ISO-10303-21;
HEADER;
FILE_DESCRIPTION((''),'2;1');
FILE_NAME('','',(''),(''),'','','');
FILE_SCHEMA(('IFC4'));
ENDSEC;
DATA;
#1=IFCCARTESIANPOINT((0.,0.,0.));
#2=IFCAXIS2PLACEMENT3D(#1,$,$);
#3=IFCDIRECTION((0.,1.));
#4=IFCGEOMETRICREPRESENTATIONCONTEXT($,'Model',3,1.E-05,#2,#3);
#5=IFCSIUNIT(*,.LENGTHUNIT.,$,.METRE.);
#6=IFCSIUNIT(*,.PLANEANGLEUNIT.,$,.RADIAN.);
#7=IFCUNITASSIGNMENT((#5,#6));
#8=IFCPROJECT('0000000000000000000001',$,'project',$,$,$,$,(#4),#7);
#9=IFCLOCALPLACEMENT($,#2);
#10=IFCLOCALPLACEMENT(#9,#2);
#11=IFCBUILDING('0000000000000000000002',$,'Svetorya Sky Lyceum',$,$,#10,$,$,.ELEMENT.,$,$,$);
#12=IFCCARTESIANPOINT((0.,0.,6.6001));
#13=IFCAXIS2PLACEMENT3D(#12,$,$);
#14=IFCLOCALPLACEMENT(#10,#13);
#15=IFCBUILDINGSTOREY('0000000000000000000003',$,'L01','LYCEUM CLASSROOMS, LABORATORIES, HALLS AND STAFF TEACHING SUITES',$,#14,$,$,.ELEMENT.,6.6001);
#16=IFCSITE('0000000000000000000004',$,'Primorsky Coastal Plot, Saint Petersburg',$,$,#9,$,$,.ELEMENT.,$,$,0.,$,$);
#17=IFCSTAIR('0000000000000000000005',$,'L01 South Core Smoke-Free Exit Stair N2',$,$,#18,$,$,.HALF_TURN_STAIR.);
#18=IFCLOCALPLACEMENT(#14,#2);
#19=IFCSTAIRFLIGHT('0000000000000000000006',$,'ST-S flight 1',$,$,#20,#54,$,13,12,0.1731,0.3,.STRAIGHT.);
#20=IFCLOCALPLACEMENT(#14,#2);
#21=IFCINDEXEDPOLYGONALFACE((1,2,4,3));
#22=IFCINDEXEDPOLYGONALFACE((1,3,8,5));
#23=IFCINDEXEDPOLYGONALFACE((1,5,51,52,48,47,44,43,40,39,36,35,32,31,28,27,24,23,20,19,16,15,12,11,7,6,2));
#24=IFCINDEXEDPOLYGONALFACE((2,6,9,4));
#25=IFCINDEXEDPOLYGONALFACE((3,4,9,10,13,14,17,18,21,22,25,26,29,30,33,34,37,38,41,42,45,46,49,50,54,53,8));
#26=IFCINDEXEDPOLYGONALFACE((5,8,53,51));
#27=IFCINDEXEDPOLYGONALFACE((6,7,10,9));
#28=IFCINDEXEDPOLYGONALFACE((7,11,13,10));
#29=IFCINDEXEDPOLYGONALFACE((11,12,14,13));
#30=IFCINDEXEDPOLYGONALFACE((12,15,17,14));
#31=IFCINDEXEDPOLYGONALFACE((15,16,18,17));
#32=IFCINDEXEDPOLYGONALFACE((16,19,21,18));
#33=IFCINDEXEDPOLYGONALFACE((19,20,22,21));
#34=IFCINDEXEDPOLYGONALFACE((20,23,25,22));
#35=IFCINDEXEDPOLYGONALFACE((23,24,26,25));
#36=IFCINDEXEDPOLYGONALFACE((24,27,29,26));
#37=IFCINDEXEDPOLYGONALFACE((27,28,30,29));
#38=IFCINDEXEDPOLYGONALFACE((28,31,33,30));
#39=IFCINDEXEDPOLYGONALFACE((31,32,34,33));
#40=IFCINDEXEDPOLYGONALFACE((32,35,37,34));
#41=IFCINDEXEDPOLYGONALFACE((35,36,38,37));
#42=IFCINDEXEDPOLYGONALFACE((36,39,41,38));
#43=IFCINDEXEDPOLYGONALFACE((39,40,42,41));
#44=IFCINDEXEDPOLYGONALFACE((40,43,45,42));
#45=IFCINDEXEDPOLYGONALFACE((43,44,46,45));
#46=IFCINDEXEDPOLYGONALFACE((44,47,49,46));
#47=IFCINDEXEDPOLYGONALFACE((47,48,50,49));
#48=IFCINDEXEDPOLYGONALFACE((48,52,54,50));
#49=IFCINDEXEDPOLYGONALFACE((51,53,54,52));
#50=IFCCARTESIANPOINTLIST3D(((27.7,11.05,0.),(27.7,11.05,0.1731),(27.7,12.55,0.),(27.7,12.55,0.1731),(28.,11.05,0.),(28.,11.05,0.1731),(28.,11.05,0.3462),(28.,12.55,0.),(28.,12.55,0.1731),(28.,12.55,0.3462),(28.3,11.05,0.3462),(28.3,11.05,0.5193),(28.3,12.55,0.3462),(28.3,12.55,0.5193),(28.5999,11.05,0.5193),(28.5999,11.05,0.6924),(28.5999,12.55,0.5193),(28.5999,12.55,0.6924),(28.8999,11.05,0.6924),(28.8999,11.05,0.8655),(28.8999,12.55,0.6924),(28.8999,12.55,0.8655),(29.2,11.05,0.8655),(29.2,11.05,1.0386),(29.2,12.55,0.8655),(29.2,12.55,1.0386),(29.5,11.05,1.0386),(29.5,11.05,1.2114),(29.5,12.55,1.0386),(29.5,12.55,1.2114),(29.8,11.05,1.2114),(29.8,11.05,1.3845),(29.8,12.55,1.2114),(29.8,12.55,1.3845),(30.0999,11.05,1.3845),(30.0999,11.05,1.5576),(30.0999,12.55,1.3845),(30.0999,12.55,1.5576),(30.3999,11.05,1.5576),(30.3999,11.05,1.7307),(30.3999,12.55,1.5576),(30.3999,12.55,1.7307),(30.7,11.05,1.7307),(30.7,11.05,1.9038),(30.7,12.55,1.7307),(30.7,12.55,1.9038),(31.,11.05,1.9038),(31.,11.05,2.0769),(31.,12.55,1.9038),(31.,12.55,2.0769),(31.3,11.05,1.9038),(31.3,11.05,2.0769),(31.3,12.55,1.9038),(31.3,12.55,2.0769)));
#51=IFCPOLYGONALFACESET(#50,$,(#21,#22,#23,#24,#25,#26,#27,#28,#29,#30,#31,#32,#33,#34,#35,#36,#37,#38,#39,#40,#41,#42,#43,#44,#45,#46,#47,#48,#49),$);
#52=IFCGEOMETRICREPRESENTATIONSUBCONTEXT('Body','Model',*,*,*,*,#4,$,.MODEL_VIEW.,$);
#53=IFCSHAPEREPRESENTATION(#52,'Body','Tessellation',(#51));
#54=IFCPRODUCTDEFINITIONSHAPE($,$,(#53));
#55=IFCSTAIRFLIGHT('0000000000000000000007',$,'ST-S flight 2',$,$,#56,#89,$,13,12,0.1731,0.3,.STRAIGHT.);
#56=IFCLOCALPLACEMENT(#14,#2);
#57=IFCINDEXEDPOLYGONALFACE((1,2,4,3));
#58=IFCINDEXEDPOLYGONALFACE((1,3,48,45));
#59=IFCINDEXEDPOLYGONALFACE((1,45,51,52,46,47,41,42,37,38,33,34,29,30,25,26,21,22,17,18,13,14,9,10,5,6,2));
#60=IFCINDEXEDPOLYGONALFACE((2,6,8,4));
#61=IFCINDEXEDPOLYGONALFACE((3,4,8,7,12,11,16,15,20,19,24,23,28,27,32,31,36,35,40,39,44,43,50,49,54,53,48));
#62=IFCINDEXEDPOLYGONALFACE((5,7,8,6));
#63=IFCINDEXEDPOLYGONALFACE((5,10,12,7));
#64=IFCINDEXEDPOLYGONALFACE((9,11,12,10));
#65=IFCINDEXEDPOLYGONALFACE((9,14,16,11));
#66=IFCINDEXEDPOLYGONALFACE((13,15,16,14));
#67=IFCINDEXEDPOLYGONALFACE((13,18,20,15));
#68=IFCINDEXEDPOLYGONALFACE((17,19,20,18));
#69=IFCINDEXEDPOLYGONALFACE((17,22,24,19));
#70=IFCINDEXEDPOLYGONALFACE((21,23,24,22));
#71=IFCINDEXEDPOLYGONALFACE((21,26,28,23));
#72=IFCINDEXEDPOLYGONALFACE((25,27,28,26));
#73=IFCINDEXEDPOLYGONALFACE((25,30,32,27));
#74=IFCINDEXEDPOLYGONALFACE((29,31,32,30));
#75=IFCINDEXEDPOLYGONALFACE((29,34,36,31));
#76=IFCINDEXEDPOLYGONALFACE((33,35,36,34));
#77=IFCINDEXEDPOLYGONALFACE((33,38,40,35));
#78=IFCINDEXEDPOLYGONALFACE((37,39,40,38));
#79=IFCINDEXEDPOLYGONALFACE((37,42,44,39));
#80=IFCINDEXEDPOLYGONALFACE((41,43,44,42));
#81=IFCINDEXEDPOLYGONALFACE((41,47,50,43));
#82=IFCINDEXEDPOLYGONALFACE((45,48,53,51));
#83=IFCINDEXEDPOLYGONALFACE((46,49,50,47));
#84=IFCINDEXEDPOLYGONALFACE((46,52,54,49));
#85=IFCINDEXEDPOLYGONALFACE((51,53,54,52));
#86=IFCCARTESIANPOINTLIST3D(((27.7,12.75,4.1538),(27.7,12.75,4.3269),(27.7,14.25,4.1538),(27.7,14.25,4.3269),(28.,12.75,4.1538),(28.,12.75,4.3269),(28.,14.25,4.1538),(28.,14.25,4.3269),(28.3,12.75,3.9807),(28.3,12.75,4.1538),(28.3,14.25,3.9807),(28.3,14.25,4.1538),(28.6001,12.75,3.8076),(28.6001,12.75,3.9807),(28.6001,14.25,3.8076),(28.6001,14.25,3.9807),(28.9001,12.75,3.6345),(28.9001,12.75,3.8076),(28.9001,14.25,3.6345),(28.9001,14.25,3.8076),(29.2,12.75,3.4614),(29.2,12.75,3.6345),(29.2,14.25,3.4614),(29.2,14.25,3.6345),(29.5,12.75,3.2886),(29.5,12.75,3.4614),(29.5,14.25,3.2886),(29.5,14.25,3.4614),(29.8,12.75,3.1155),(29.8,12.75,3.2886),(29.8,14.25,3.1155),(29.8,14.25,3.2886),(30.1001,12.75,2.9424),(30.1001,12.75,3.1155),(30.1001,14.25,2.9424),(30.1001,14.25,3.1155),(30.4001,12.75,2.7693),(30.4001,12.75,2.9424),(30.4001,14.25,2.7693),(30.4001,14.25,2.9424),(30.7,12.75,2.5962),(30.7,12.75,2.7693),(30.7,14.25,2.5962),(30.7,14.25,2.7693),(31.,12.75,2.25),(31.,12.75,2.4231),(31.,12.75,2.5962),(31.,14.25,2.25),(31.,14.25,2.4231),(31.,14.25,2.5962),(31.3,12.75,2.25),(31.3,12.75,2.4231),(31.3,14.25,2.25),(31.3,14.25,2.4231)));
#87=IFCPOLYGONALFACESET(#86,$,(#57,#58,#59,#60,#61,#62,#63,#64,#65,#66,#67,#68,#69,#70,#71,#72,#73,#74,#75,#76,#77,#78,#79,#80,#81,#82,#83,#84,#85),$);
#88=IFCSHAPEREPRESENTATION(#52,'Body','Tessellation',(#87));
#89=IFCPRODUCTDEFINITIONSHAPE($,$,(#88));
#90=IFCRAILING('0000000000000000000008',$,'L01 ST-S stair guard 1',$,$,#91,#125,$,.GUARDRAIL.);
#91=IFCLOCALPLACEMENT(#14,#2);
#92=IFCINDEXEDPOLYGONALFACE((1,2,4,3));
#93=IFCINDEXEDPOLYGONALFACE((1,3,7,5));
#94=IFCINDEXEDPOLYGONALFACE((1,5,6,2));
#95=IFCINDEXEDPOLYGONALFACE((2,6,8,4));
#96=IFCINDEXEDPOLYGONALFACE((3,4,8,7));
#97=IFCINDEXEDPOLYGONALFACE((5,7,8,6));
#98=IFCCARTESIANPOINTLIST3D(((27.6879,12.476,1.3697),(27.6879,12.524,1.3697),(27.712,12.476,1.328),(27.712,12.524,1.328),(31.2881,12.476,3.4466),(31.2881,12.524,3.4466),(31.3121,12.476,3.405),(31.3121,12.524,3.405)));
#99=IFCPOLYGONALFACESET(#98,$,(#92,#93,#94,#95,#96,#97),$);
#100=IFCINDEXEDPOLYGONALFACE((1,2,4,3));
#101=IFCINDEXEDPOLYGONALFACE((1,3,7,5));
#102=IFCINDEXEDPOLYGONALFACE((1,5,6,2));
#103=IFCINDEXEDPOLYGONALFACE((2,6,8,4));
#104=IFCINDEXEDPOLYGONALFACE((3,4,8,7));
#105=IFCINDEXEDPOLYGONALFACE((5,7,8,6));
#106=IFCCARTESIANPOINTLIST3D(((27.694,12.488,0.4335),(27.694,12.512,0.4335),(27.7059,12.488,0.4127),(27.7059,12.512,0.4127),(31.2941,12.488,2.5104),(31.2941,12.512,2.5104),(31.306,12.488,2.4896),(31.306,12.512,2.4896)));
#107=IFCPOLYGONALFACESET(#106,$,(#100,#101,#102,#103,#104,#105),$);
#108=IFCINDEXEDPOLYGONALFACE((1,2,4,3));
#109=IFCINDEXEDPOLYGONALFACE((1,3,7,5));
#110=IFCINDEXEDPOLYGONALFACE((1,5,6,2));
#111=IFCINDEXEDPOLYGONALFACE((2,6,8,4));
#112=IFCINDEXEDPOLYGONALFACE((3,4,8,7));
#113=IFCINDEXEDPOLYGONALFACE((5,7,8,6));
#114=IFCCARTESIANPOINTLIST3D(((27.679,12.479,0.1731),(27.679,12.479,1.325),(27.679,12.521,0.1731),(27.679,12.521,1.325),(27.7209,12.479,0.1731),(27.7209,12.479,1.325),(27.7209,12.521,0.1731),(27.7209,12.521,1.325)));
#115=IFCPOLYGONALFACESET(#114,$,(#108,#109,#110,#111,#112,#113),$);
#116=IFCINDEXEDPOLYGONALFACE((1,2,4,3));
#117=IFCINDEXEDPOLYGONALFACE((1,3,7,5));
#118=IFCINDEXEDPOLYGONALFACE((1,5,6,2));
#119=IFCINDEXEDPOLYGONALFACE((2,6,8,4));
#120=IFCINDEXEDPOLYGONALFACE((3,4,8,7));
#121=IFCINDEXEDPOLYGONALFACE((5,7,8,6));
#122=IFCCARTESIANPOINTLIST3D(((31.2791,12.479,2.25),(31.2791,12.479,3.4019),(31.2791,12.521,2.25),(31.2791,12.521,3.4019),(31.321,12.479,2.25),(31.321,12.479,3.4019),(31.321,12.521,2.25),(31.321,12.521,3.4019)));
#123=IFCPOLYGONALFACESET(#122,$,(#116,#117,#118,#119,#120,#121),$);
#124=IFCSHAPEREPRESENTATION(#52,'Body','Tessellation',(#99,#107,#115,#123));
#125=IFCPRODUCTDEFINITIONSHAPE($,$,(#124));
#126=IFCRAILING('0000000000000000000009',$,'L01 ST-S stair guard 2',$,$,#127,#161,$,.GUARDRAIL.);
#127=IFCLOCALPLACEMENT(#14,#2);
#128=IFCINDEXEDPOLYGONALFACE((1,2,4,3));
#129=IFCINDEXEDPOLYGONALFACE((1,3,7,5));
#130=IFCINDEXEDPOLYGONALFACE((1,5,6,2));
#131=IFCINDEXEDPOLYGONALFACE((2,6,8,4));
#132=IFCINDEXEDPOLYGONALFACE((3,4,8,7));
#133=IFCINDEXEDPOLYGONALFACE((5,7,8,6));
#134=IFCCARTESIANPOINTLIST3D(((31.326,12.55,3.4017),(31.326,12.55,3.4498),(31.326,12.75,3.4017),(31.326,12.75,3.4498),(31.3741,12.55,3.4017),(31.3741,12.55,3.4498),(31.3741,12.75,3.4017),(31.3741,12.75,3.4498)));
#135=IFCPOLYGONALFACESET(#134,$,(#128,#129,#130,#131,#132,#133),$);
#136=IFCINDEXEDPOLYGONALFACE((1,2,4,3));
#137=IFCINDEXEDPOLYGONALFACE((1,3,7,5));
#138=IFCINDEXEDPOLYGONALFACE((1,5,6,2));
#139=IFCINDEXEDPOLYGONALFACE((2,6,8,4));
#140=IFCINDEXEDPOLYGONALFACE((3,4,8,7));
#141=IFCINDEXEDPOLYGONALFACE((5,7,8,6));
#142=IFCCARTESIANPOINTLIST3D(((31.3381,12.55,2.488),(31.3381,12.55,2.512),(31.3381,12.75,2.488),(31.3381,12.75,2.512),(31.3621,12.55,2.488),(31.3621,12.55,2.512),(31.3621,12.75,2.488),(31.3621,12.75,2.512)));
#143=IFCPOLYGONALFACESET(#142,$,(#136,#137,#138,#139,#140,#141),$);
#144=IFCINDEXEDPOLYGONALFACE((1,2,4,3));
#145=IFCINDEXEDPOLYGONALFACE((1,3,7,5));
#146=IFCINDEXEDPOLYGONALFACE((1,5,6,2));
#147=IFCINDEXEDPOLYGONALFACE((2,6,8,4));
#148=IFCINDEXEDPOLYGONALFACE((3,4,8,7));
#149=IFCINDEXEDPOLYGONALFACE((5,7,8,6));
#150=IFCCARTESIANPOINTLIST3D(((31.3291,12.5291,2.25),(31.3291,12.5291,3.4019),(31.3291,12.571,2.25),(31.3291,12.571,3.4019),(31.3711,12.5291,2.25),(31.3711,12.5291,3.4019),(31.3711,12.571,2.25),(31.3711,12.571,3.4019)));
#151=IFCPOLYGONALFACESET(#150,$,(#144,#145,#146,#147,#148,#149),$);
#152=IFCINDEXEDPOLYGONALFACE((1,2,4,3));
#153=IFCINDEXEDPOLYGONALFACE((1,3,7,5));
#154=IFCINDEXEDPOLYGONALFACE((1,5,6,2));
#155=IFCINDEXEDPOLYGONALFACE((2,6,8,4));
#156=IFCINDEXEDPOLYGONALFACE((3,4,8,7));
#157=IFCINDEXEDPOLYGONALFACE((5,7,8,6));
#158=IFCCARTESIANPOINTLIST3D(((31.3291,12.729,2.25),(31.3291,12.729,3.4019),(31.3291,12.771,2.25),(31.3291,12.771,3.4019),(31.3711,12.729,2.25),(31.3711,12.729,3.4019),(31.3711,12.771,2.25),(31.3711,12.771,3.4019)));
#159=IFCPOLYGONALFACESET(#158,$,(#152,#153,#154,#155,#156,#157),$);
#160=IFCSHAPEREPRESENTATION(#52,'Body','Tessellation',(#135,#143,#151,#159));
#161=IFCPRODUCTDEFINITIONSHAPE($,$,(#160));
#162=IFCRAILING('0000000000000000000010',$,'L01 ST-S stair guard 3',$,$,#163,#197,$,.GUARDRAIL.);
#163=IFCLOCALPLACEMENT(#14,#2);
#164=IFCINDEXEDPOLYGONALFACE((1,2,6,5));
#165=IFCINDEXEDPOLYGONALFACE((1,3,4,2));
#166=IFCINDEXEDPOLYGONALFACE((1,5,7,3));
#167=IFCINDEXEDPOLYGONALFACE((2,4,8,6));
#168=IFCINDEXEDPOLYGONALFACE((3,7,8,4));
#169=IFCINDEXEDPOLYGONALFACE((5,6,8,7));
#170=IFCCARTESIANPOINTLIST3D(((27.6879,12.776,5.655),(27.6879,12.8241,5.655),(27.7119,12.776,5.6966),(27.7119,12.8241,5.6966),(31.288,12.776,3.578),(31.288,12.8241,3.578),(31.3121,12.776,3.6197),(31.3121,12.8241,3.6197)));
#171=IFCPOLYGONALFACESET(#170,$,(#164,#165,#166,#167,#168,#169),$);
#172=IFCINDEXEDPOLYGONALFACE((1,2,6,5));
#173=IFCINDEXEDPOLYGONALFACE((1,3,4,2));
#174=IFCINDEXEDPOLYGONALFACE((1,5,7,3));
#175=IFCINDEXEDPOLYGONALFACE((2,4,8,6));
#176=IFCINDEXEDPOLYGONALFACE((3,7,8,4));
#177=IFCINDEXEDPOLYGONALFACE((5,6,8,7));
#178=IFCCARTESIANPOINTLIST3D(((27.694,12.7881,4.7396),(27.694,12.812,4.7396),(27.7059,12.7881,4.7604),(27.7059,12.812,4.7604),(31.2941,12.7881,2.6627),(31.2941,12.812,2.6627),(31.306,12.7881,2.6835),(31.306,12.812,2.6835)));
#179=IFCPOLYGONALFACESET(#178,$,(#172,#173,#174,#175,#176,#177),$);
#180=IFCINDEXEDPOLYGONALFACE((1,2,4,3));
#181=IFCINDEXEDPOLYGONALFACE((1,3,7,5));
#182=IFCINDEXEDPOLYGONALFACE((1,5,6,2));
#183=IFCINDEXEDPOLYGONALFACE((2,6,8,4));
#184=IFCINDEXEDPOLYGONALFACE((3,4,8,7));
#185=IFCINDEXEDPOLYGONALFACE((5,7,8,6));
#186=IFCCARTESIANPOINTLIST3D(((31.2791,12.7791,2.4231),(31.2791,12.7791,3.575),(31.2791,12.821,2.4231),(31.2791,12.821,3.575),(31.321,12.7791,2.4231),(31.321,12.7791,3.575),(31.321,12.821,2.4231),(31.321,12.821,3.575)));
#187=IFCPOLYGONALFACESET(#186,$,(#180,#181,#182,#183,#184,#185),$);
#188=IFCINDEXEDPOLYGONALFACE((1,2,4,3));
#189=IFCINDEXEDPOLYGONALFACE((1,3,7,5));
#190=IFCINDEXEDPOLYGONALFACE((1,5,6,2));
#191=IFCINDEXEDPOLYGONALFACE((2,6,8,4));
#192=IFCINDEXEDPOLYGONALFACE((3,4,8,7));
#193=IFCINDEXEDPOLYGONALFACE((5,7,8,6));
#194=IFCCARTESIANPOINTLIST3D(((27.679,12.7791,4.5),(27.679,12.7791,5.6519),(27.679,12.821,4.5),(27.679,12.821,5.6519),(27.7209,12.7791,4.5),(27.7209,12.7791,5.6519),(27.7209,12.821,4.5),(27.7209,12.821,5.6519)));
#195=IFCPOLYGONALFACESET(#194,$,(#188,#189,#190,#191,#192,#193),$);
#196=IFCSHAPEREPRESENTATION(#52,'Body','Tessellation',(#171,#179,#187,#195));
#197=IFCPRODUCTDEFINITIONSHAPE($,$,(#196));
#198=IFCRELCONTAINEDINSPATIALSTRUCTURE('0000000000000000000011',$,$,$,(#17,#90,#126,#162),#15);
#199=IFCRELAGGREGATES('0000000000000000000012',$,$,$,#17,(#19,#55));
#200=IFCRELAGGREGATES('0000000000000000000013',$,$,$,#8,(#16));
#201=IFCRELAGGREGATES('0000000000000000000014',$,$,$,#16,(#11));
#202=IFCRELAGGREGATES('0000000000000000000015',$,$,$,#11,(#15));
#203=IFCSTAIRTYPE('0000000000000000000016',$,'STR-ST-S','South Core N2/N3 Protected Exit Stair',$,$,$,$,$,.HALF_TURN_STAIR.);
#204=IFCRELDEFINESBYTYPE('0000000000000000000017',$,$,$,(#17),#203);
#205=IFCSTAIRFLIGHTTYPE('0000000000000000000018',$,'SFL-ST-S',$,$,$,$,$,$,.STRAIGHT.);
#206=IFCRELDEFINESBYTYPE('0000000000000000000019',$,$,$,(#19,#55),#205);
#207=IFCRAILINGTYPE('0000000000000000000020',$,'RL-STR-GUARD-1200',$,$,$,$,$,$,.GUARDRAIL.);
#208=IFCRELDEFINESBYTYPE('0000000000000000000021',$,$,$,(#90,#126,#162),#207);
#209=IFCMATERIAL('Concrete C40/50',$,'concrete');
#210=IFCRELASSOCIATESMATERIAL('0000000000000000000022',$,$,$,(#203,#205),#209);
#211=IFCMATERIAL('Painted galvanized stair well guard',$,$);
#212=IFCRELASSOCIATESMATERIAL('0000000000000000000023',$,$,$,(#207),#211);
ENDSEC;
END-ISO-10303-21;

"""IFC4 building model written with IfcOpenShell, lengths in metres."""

from ifc_helpers import new_model, si_unit, direction, frame, origin, origin_2d, place, context, subcontext, project, spatial, polyline, rectangle, outline, extrude, material, type_object, element, aggregate, save


model = new_model("IFC4")

# Units and contexts
model_context = context("Model", 3, precision=1e-05, world=origin(), true_north=direction((0.0, 1.0)))
body_context = subcontext(model_context, "Body", "Model", "MODEL_VIEW")
ifc_project = project(units=[si_unit("LENGTHUNIT", "METRE"), si_unit("PLANEANGLEUNIT", "RADIAN")], contexts=[model_context])

# Site, building, storey
site_placement = place(None, origin())
site = spatial("IfcSite", under=ifc_project, at=site_placement, Name="Primorsky Coastal Plot, Saint Petersburg", CompositionType="ELEMENT", RefElevation=0.0)
building_placement = place(site_placement, origin())
building = spatial("IfcBuilding", under=site, at=building_placement, Name="Svetorya Sky Lyceum", CompositionType="ELEMENT")
storey_placement = place(building_placement, frame((0.0, 0.0, 6.6001)))
storey = spatial("IfcBuildingStorey", under=building, at=storey_placement, Name="L01", Description="LYCEUM CLASSROOMS, LABORATORIES, HALLS AND STAFF TEACHING SUITES", CompositionType="ELEMENT", Elevation=6.6001)

# Shared definitions
ifc_material_1 = material(Name="Concrete C40/50", Category="concrete")

# Stair, stair flights
stair_type = type_object("IfcStairType", Name="STR-ST-S", Description="South Core N2/N3 Protected Exit Stair", PredefinedType="HALF_TURN_STAIR", material=ifc_material_1)
stair_placement = place(storey_placement, origin())
stair = element("IfcStair", 1, at=stair_placement, inside=storey, type_object=stair_type, Name="L01 South Core Smoke-Free Exit Stair N2", PredefinedType="HALF_TURN_STAIR")
stair_flight_type = type_object("IfcStairFlightType", Name="SFL-ST-S", PredefinedType="STRAIGHT", material=ifc_material_1)
stair_flight_1_placement = place(storey_placement, frame((27.7, 11.8, 0.0), z_axis=(0.0, 0.0, 1.0), x_axis=(1.0, 0.0, 0.0)))
stair_flight_1 = element("IfcStairFlight", 2, at=stair_flight_1_placement, type_object=stair_flight_type, Name="ST-S flight 1", NumberOfRisers=13, NumberOfTreads=12, PredefinedType="STRAIGHT", RiserHeight=0.1731, TreadLength=0.3, context=body_context, shape_type="SweptSolid", body=[
    extrude(outline(polyline([(0.0, 0.0), (0.0, 0.1731), (0.3, 0.1731), (0.3, 0.3462), (0.6001, 0.3462), (0.6001, 0.5193), (0.8999, 0.5193), (0.8999, 0.6924), (1.2, 0.6924), (1.2, 0.8655), (1.5, 0.8655), (1.5, 1.0386), (1.8, 1.0386), (1.8, 1.2114), (2.1001, 1.2114), (2.1001, 1.3845), (2.3999, 1.3845), (2.3999, 1.5576), (2.7, 1.5576), (2.7, 1.7307), (3.0, 1.7307), (3.0, 1.9038), (3.3, 1.9038), (3.3, 2.0769), (3.6001, 2.0769), (3.6001, 2.25), (3.6001, 1.9038), (0.3, 0.0), (0.0, 0.0)])), frame((0.0, 0.75, 0.0), z_axis=(0.0, -1.0, 0.0), x_axis=(1.0, 0.0, 0.0)), (0.0, 0.0, 1.0), 1.5),
])
stair_flight_2_placement = place(storey_placement, frame((31.3, 13.5, 2.25), z_axis=(0.0, 0.0, 1.0), x_axis=(-1.0, 0.0, 0.0)))
stair_flight_2 = element("IfcStairFlight", 3, at=stair_flight_2_placement, type_object=stair_flight_type, Name="ST-S flight 2", NumberOfRisers=13, NumberOfTreads=12, PredefinedType="STRAIGHT", RiserHeight=0.1731, TreadLength=0.3, context=body_context, shape_type="SweptSolid", body=[
    extrude(outline(polyline([(0.0, 0.0), (0.0, 0.1731), (0.3, 0.1731), (0.3, 0.3462), (0.6001, 0.3462), (0.6001, 0.5193), (0.8999, 0.5193), (0.8999, 0.6924), (1.2, 0.6924), (1.2, 0.8655), (1.5, 0.8655), (1.5, 1.0386), (1.8, 1.0386), (1.8, 1.2114), (2.1001, 1.2114), (2.1001, 1.3845), (2.3999, 1.3845), (2.3999, 1.5576), (2.7, 1.5576), (2.7, 1.7307), (3.0, 1.7307), (3.0, 1.9038), (3.3, 1.9038), (3.3, 2.0769), (3.6001, 2.0769), (3.6001, 2.25), (3.6001, 1.9038), (0.3, 0.0), (0.0, 0.0)])), frame((0.0, 0.75, 0.0), z_axis=(0.0, -1.0, 0.0), x_axis=(1.0, 0.0, 0.0)), (0.0, 0.0, 1.0), 1.5),
])
aggregate(stair, [stair_flight_1, stair_flight_2])

# Railings
ifc_material_2 = material(Name="Painted galvanized stair well guard")
railing_type_1 = type_object("IfcRailingType", Name="RL-STR-GUARD-1200", PredefinedType="GUARDRAIL", material=ifc_material_2)
railing_1_placement = place(storey_placement, frame((27.7, 12.5, 0.1731)))
element("IfcRailing", 4, at=railing_1_placement, inside=storey, type_object=railing_type_1, Name="L01 ST-S stair guard 1", PredefinedType="GUARDRAIL", context=body_context, shape_type="SweptSolid", body=[
    extrude(rectangle(XDim=0.0481, YDim=0.0481, at=origin_2d()), frame((0.0, 0.0, 1.1758), z_axis=(0.866193, 0.0, 0.499709), x_axis=(0.0, 1.0, 0.0)), (0.0, 0.0, 1.0), 4.1562),
    extrude(rectangle(XDim=0.0239, YDim=0.0239, at=origin_2d()), frame((0.0, 0.0, 0.25), z_axis=(0.866193, 0.0, 0.499709), x_axis=(0.0, 1.0, 0.0)), (0.0, 0.0, 1.0), 4.1562),
    extrude(rectangle(XDim=0.042, YDim=0.042, at=origin_2d()), origin(), (0.0, 0.0, 1.0), 1.1519),
    extrude(rectangle(XDim=0.042, YDim=0.042, at=origin_2d()), frame((3.6001, 0.0, 2.0769)), (0.0, 0.0, 1.0), 1.1519),
])
railing_2_placement = place(storey_placement, frame((31.3501, 12.55, 2.25)))
element("IfcRailing", 5, at=railing_2_placement, inside=storey, type_object=railing_type_1, Name="L01 ST-S stair guard 2", PredefinedType="GUARDRAIL", context=body_context, shape_type="SweptSolid", body=[
    extrude(rectangle(XDim=0.0481, YDim=0.0481, at=origin_2d()), frame((0.0, 0.0, 1.1758), z_axis=(0.0, 1.0, 0.0), x_axis=(-1.0, 0.0, 0.0)), (0.0, 0.0, 1.0), 0.2),
    extrude(rectangle(XDim=0.0239, YDim=0.0239, at=origin_2d()), frame((0.0, 0.0, 0.25), z_axis=(0.0, 1.0, 0.0), x_axis=(-1.0, 0.0, 0.0)), (0.0, 0.0, 1.0), 0.2),
    extrude(rectangle(XDim=0.042, YDim=0.042, at=origin_2d()), origin(), (0.0, 0.0, 1.0), 1.1519),
    extrude(rectangle(XDim=0.042, YDim=0.042, at=origin_2d()), frame((0.0, 0.2, 0.0)), (0.0, 0.0, 1.0), 1.1519),
])
railing_3_placement = place(storey_placement, frame((31.3, 12.8, 2.4231)))
element("IfcRailing", 6, at=railing_3_placement, inside=storey, type_object=railing_type_1, Name="L01 ST-S stair guard 3", PredefinedType="GUARDRAIL", context=body_context, shape_type="SweptSolid", body=[
    extrude(rectangle(XDim=0.0481, YDim=0.0481, at=origin_2d()), frame((0.0, 0.0, 1.1758), z_axis=(-0.866193, 0.0, 0.499709), x_axis=(0.0, -1.0, 0.0)), (0.0, 0.0, 1.0), 4.1562),
    extrude(rectangle(XDim=0.0239, YDim=0.0239, at=origin_2d()), frame((0.0, 0.0, 0.25), z_axis=(-0.866193, 0.0, 0.499709), x_axis=(0.0, -1.0, 0.0)), (0.0, 0.0, 1.0), 4.1562),
    extrude(rectangle(XDim=0.042, YDim=0.042, at=origin_2d()), origin(), (0.0, 0.0, 1.0), 1.1519),
    extrude(rectangle(XDim=0.042, YDim=0.042, at=origin_2d()), frame((-3.6001, 0.0, 2.0769)), (0.0, 0.0, 1.0), 1.1519),
])

save(model, "model.ifc")
